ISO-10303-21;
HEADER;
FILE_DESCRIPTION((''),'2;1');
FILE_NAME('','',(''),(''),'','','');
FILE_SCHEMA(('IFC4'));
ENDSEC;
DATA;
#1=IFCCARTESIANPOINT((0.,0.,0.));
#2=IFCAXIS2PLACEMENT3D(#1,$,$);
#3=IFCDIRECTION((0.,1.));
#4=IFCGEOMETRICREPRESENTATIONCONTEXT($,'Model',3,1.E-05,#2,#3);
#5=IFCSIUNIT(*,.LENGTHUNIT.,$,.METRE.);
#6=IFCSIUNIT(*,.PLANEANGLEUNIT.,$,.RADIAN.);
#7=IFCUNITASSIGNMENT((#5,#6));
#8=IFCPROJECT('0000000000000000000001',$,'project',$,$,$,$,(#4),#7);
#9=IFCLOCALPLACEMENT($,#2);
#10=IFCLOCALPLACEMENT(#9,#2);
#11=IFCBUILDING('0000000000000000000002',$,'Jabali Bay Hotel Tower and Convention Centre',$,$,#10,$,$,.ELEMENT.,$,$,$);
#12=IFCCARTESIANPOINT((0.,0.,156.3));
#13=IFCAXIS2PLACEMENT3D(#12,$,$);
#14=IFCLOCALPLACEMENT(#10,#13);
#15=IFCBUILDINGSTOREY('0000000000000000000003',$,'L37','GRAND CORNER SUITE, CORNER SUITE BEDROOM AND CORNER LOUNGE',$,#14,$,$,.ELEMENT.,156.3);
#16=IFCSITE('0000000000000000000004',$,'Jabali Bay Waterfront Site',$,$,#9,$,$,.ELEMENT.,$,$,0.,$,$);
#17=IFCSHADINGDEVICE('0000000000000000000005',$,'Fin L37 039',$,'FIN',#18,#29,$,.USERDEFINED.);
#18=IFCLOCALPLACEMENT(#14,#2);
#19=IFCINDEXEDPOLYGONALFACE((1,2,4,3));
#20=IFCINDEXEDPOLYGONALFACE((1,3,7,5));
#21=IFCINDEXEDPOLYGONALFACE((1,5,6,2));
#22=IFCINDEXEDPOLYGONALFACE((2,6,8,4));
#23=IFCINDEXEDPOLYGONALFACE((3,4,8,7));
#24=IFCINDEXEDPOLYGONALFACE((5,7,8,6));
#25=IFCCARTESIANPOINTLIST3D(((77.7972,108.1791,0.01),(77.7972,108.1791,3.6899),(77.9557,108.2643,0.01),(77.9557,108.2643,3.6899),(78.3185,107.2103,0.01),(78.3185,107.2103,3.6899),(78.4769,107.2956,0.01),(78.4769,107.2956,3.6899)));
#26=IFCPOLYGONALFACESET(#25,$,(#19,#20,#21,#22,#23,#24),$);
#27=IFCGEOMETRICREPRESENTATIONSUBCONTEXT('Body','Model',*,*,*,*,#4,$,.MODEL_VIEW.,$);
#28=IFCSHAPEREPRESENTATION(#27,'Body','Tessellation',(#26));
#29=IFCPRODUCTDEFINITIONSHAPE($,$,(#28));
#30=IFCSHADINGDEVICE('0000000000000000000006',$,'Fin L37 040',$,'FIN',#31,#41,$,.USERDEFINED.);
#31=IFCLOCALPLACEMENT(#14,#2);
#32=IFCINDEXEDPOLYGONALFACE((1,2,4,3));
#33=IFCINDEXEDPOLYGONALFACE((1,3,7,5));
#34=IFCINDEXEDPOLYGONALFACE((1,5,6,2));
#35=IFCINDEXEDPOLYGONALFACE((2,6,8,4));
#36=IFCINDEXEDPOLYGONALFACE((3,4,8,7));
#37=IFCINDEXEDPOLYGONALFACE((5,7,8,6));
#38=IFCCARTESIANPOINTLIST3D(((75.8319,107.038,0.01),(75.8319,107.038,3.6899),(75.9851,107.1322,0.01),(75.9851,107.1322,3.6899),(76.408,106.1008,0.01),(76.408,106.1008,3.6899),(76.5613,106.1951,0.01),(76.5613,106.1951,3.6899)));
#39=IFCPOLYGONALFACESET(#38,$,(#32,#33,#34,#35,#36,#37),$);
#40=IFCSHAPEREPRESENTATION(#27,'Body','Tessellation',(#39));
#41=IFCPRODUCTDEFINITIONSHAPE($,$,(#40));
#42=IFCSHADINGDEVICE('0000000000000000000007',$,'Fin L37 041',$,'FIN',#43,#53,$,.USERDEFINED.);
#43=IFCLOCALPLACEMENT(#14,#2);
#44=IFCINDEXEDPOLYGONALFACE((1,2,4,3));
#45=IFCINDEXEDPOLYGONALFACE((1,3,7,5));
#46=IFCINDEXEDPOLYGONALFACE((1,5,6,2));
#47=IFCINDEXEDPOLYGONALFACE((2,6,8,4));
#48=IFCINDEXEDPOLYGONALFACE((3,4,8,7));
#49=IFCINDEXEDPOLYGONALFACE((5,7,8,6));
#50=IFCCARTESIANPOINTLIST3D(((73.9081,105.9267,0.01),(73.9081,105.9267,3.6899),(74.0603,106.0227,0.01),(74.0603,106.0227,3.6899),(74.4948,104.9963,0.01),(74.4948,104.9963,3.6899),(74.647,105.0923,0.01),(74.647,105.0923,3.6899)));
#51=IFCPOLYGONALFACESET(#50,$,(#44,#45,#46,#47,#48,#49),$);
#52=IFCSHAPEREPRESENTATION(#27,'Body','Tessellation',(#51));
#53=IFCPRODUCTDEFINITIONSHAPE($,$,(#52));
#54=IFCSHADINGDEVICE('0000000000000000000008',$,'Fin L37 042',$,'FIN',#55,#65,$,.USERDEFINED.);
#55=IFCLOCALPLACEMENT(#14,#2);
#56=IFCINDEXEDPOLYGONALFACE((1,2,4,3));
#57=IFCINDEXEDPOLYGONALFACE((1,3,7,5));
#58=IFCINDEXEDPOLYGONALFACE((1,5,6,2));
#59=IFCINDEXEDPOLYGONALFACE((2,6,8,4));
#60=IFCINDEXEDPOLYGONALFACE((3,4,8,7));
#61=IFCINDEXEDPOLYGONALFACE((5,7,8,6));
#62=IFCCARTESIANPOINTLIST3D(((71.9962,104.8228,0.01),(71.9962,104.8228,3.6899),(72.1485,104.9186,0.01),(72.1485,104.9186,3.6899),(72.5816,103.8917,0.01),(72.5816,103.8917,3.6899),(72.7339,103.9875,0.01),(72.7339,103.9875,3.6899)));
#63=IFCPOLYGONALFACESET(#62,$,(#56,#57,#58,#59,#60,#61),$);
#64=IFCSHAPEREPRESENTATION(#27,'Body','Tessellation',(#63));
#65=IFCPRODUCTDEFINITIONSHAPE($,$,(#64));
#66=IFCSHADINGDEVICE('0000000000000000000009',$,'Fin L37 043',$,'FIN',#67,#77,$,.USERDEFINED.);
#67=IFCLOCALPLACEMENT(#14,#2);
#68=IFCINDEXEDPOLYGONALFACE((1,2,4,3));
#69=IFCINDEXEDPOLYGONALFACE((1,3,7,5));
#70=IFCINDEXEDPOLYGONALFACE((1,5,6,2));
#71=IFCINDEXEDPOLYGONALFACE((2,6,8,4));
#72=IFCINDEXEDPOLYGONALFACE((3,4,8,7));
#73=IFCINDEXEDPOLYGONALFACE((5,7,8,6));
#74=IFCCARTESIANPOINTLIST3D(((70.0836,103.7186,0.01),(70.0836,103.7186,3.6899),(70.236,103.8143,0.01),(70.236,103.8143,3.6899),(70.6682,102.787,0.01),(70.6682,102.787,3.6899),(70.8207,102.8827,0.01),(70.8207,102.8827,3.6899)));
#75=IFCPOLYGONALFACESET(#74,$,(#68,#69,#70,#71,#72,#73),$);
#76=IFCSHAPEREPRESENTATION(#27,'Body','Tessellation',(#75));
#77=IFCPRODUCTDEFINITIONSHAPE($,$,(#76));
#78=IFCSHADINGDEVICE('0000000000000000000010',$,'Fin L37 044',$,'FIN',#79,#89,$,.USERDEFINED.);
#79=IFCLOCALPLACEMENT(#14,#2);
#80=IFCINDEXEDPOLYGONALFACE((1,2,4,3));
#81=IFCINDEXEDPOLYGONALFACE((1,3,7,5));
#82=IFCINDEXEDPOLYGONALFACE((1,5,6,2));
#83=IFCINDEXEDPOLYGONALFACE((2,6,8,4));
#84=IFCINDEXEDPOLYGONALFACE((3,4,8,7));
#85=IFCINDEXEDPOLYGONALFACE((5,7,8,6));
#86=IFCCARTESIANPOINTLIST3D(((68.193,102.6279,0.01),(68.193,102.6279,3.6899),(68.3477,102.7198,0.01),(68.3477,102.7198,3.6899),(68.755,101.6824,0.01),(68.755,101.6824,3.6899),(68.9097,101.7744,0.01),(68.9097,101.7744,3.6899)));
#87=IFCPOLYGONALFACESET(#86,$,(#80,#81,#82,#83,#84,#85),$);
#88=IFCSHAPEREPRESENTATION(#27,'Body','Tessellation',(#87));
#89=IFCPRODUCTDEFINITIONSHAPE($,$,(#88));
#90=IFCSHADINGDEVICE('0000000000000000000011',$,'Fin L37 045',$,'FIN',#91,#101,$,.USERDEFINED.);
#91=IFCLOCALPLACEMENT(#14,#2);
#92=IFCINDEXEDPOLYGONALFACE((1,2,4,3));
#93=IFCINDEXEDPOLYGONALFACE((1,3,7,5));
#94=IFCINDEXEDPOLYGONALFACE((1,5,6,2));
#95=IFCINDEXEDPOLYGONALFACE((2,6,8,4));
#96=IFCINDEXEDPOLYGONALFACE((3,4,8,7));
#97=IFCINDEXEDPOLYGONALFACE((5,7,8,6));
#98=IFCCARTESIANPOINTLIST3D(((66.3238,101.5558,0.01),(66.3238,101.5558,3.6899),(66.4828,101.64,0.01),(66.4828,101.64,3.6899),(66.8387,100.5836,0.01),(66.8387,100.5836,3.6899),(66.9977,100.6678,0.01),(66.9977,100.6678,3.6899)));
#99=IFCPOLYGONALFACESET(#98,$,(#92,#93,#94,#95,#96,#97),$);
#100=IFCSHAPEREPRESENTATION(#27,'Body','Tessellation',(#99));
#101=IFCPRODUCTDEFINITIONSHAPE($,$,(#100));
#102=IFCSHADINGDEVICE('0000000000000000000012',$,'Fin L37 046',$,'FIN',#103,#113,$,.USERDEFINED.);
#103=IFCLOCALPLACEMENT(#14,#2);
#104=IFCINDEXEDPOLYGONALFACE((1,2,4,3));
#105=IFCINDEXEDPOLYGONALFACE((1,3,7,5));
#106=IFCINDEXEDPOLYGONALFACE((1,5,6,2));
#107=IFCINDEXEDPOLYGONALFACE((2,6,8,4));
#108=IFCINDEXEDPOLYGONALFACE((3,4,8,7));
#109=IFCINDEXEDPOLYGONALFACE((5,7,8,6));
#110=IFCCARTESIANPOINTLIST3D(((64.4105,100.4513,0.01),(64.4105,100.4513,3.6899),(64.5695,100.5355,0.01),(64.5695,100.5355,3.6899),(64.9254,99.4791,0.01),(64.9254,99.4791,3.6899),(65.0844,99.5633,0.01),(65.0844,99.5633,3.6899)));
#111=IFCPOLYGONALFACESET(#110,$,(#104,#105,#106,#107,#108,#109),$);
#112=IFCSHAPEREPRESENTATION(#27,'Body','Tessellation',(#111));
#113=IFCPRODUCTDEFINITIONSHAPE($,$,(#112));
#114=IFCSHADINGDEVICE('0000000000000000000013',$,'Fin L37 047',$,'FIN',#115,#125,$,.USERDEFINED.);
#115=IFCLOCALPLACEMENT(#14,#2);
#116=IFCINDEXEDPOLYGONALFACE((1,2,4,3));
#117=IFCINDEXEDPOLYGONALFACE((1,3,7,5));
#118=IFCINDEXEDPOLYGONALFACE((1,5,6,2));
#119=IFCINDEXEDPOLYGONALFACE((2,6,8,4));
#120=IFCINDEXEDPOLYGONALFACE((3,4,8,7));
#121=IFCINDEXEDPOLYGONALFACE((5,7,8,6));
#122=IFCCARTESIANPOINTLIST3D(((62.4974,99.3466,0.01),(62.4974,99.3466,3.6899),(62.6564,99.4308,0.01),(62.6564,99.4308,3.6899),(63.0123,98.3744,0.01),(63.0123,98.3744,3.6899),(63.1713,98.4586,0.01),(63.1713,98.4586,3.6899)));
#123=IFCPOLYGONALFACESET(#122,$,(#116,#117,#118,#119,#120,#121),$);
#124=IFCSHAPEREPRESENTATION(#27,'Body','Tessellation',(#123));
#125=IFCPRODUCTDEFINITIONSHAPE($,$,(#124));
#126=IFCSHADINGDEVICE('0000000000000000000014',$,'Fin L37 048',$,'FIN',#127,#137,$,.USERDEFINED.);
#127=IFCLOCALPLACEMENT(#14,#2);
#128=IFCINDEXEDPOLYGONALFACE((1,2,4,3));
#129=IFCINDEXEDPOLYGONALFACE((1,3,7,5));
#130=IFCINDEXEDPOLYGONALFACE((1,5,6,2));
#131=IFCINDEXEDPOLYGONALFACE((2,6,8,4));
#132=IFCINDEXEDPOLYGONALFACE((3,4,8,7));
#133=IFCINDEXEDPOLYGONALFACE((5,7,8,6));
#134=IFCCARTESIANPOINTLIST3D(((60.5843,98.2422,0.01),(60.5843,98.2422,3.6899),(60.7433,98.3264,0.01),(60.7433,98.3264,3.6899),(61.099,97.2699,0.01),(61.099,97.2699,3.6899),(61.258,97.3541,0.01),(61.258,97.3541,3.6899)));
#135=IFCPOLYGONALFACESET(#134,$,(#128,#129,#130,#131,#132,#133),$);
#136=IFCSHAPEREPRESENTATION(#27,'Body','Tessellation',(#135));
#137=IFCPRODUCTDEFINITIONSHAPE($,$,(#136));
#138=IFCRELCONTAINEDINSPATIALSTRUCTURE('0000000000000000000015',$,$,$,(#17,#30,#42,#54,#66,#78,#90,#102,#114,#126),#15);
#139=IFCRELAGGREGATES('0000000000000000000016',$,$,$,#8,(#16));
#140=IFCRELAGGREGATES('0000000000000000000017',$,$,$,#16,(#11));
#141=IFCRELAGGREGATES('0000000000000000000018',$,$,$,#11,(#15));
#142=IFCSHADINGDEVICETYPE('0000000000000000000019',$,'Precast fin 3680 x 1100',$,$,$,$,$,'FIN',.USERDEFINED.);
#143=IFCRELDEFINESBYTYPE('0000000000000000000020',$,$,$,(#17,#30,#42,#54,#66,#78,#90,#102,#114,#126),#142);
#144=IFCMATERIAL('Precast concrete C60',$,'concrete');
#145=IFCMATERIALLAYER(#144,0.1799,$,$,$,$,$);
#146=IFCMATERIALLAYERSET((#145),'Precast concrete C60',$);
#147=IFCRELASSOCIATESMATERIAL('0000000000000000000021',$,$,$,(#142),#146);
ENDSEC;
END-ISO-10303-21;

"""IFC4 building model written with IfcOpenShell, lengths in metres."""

from ifc_helpers import new_model, si_unit, direction, frame, frame_2d, origin, place, context, subcontext, project, spatial, rectangle, extrude, material, layer, layer_set, type_object, element, save


model = new_model("IFC4")

# Units and contexts
model_context = context("Model", 3, precision=1e-05, world=origin(), true_north=direction((0.0, 1.0)))
body_context = subcontext(model_context, "Body", "Model", "MODEL_VIEW")
ifc_project = project(units=[si_unit("LENGTHUNIT", "METRE"), si_unit("PLANEANGLEUNIT", "RADIAN")], contexts=[model_context])

# Site, building, storey
site_placement = place(None, origin())
site = spatial("IfcSite", under=ifc_project, at=site_placement, Name="Jabali Bay Waterfront Site", CompositionType="ELEMENT", RefElevation=0.0)
building_placement = place(site_placement, origin())
building = spatial("IfcBuilding", under=site, at=building_placement, Name="Jabali Bay Hotel Tower and Convention Centre", CompositionType="ELEMENT")
storey_placement = place(building_placement, frame((0.0, 0.0, 156.3)))
storey = spatial("IfcBuildingStorey", under=building, at=storey_placement, Name="L37", Description="GRAND CORNER SUITE, CORNER SUITE BEDROOM AND CORNER LOUNGE", CompositionType="ELEMENT", Elevation=156.3)

# Shading devices
ifc_material_1 = material(Name="Precast concrete C60", Category="concrete")
ifc_layer_1 = layer(ifc_material_1, 0.1799)
ifc_layer_set_1 = layer_set([ifc_layer_1], Name="Precast concrete C60")
shading_device_type = type_object("IfcShadingDeviceType", Name="Precast fin 3680 x 1100", ElementType="FIN", PredefinedType="USERDEFINED", material=ifc_layer_set_1)
for number, where, z_axis, x_axis, name in (
    (1, (78.3977, 107.2529, 0.01), (0.0, 0.0, 1.0), (-0.473822, 0.880621, 0.0), "Fin L37 039"),
    (2, (76.4846, 106.1479, 0.01), (0.0, 0.0, 1.0), (-0.523701, 0.851902, 0.0), "Fin L37 040"),
):
    element("IfcShadingDevice", number, at=place(storey_placement, frame(where, z_axis=z_axis, x_axis=x_axis)), inside=storey, type_object=shading_device_type, Name=name, ObjectType="FIN", PredefinedType="USERDEFINED", context=body_context, shape_type="SweptSolid", body=[
        extrude(rectangle(XDim=1.1001, YDim=0.1799, at=frame_2d((0.55, 0.0))), origin(), (0.0, 0.0, 1.0), 3.6799),
    ])
for number, where, z_axis, x_axis, name in (
    (3, (74.5708, 105.0444, 0.01), (0.0, 0.0, 1.0), (-0.533367, 0.845884, 0.0), "Fin L37 041"),
    (4, (72.6577, 103.9397, 0.01), (0.0, 0.0, 1.0), (-0.532272, 0.846574, 0.0), "Fin L37 042"),
    (5, (70.7444, 102.835, 0.01), (0.0, 0.0, 1.0), (-0.531594, 0.846999, 0.0), "Fin L37 043"),
    (6, (68.8323, 101.7285, 0.01), (0.0, 0.0, 1.0), (-0.510934, 0.85962, 0.0), "Fin L37 044"),
):
    element("IfcShadingDevice", number, at=place(storey_placement, frame(where, z_axis=z_axis, x_axis=x_axis)), inside=storey, type_object=shading_device_type, Name=name, ObjectType="FIN", PredefinedType="USERDEFINED", context=body_context, shape_type="SweptSolid", body=[
        extrude(rectangle(XDim=1.0999, YDim=0.1799, at=frame_2d((0.5498, 0.0))), origin(), (0.0, 0.0, 1.0), 3.6799),
    ])
for number, where, z_axis, x_axis, name in (
    (7, (66.9182, 100.6257, 0.01), (0.0, 0.0, 1.0), (-0.468041, 0.883707, 0.0), "Fin L37 045"),
    (8, (65.0049, 99.5212, 0.01), (0.0, 0.0, 1.0), (-0.468041, 0.883707, 0.0), "Fin L37 046"),
    (9, (63.0918, 98.4165, 0.01), (0.0, 0.0, 1.0), (-0.468041, 0.883707, 0.0), "Fin L37 047"),
    (10, (61.1785, 97.312, 0.01), (0.0, 0.0, 1.0), (-0.467867, 0.883799, 0.0), "Fin L37 048"),
):
    element("IfcShadingDevice", number, at=place(storey_placement, frame(where, z_axis=z_axis, x_axis=x_axis)), inside=storey, type_object=shading_device_type, Name=name, ObjectType="FIN", PredefinedType="USERDEFINED", context=body_context, shape_type="SweptSolid", body=[
        extrude(rectangle(XDim=1.1001, YDim=0.1799, at=frame_2d((0.55, 0.0))), origin(), (0.0, 0.0, 1.0), 3.6799),
    ])

save(model, "model.ifc")
